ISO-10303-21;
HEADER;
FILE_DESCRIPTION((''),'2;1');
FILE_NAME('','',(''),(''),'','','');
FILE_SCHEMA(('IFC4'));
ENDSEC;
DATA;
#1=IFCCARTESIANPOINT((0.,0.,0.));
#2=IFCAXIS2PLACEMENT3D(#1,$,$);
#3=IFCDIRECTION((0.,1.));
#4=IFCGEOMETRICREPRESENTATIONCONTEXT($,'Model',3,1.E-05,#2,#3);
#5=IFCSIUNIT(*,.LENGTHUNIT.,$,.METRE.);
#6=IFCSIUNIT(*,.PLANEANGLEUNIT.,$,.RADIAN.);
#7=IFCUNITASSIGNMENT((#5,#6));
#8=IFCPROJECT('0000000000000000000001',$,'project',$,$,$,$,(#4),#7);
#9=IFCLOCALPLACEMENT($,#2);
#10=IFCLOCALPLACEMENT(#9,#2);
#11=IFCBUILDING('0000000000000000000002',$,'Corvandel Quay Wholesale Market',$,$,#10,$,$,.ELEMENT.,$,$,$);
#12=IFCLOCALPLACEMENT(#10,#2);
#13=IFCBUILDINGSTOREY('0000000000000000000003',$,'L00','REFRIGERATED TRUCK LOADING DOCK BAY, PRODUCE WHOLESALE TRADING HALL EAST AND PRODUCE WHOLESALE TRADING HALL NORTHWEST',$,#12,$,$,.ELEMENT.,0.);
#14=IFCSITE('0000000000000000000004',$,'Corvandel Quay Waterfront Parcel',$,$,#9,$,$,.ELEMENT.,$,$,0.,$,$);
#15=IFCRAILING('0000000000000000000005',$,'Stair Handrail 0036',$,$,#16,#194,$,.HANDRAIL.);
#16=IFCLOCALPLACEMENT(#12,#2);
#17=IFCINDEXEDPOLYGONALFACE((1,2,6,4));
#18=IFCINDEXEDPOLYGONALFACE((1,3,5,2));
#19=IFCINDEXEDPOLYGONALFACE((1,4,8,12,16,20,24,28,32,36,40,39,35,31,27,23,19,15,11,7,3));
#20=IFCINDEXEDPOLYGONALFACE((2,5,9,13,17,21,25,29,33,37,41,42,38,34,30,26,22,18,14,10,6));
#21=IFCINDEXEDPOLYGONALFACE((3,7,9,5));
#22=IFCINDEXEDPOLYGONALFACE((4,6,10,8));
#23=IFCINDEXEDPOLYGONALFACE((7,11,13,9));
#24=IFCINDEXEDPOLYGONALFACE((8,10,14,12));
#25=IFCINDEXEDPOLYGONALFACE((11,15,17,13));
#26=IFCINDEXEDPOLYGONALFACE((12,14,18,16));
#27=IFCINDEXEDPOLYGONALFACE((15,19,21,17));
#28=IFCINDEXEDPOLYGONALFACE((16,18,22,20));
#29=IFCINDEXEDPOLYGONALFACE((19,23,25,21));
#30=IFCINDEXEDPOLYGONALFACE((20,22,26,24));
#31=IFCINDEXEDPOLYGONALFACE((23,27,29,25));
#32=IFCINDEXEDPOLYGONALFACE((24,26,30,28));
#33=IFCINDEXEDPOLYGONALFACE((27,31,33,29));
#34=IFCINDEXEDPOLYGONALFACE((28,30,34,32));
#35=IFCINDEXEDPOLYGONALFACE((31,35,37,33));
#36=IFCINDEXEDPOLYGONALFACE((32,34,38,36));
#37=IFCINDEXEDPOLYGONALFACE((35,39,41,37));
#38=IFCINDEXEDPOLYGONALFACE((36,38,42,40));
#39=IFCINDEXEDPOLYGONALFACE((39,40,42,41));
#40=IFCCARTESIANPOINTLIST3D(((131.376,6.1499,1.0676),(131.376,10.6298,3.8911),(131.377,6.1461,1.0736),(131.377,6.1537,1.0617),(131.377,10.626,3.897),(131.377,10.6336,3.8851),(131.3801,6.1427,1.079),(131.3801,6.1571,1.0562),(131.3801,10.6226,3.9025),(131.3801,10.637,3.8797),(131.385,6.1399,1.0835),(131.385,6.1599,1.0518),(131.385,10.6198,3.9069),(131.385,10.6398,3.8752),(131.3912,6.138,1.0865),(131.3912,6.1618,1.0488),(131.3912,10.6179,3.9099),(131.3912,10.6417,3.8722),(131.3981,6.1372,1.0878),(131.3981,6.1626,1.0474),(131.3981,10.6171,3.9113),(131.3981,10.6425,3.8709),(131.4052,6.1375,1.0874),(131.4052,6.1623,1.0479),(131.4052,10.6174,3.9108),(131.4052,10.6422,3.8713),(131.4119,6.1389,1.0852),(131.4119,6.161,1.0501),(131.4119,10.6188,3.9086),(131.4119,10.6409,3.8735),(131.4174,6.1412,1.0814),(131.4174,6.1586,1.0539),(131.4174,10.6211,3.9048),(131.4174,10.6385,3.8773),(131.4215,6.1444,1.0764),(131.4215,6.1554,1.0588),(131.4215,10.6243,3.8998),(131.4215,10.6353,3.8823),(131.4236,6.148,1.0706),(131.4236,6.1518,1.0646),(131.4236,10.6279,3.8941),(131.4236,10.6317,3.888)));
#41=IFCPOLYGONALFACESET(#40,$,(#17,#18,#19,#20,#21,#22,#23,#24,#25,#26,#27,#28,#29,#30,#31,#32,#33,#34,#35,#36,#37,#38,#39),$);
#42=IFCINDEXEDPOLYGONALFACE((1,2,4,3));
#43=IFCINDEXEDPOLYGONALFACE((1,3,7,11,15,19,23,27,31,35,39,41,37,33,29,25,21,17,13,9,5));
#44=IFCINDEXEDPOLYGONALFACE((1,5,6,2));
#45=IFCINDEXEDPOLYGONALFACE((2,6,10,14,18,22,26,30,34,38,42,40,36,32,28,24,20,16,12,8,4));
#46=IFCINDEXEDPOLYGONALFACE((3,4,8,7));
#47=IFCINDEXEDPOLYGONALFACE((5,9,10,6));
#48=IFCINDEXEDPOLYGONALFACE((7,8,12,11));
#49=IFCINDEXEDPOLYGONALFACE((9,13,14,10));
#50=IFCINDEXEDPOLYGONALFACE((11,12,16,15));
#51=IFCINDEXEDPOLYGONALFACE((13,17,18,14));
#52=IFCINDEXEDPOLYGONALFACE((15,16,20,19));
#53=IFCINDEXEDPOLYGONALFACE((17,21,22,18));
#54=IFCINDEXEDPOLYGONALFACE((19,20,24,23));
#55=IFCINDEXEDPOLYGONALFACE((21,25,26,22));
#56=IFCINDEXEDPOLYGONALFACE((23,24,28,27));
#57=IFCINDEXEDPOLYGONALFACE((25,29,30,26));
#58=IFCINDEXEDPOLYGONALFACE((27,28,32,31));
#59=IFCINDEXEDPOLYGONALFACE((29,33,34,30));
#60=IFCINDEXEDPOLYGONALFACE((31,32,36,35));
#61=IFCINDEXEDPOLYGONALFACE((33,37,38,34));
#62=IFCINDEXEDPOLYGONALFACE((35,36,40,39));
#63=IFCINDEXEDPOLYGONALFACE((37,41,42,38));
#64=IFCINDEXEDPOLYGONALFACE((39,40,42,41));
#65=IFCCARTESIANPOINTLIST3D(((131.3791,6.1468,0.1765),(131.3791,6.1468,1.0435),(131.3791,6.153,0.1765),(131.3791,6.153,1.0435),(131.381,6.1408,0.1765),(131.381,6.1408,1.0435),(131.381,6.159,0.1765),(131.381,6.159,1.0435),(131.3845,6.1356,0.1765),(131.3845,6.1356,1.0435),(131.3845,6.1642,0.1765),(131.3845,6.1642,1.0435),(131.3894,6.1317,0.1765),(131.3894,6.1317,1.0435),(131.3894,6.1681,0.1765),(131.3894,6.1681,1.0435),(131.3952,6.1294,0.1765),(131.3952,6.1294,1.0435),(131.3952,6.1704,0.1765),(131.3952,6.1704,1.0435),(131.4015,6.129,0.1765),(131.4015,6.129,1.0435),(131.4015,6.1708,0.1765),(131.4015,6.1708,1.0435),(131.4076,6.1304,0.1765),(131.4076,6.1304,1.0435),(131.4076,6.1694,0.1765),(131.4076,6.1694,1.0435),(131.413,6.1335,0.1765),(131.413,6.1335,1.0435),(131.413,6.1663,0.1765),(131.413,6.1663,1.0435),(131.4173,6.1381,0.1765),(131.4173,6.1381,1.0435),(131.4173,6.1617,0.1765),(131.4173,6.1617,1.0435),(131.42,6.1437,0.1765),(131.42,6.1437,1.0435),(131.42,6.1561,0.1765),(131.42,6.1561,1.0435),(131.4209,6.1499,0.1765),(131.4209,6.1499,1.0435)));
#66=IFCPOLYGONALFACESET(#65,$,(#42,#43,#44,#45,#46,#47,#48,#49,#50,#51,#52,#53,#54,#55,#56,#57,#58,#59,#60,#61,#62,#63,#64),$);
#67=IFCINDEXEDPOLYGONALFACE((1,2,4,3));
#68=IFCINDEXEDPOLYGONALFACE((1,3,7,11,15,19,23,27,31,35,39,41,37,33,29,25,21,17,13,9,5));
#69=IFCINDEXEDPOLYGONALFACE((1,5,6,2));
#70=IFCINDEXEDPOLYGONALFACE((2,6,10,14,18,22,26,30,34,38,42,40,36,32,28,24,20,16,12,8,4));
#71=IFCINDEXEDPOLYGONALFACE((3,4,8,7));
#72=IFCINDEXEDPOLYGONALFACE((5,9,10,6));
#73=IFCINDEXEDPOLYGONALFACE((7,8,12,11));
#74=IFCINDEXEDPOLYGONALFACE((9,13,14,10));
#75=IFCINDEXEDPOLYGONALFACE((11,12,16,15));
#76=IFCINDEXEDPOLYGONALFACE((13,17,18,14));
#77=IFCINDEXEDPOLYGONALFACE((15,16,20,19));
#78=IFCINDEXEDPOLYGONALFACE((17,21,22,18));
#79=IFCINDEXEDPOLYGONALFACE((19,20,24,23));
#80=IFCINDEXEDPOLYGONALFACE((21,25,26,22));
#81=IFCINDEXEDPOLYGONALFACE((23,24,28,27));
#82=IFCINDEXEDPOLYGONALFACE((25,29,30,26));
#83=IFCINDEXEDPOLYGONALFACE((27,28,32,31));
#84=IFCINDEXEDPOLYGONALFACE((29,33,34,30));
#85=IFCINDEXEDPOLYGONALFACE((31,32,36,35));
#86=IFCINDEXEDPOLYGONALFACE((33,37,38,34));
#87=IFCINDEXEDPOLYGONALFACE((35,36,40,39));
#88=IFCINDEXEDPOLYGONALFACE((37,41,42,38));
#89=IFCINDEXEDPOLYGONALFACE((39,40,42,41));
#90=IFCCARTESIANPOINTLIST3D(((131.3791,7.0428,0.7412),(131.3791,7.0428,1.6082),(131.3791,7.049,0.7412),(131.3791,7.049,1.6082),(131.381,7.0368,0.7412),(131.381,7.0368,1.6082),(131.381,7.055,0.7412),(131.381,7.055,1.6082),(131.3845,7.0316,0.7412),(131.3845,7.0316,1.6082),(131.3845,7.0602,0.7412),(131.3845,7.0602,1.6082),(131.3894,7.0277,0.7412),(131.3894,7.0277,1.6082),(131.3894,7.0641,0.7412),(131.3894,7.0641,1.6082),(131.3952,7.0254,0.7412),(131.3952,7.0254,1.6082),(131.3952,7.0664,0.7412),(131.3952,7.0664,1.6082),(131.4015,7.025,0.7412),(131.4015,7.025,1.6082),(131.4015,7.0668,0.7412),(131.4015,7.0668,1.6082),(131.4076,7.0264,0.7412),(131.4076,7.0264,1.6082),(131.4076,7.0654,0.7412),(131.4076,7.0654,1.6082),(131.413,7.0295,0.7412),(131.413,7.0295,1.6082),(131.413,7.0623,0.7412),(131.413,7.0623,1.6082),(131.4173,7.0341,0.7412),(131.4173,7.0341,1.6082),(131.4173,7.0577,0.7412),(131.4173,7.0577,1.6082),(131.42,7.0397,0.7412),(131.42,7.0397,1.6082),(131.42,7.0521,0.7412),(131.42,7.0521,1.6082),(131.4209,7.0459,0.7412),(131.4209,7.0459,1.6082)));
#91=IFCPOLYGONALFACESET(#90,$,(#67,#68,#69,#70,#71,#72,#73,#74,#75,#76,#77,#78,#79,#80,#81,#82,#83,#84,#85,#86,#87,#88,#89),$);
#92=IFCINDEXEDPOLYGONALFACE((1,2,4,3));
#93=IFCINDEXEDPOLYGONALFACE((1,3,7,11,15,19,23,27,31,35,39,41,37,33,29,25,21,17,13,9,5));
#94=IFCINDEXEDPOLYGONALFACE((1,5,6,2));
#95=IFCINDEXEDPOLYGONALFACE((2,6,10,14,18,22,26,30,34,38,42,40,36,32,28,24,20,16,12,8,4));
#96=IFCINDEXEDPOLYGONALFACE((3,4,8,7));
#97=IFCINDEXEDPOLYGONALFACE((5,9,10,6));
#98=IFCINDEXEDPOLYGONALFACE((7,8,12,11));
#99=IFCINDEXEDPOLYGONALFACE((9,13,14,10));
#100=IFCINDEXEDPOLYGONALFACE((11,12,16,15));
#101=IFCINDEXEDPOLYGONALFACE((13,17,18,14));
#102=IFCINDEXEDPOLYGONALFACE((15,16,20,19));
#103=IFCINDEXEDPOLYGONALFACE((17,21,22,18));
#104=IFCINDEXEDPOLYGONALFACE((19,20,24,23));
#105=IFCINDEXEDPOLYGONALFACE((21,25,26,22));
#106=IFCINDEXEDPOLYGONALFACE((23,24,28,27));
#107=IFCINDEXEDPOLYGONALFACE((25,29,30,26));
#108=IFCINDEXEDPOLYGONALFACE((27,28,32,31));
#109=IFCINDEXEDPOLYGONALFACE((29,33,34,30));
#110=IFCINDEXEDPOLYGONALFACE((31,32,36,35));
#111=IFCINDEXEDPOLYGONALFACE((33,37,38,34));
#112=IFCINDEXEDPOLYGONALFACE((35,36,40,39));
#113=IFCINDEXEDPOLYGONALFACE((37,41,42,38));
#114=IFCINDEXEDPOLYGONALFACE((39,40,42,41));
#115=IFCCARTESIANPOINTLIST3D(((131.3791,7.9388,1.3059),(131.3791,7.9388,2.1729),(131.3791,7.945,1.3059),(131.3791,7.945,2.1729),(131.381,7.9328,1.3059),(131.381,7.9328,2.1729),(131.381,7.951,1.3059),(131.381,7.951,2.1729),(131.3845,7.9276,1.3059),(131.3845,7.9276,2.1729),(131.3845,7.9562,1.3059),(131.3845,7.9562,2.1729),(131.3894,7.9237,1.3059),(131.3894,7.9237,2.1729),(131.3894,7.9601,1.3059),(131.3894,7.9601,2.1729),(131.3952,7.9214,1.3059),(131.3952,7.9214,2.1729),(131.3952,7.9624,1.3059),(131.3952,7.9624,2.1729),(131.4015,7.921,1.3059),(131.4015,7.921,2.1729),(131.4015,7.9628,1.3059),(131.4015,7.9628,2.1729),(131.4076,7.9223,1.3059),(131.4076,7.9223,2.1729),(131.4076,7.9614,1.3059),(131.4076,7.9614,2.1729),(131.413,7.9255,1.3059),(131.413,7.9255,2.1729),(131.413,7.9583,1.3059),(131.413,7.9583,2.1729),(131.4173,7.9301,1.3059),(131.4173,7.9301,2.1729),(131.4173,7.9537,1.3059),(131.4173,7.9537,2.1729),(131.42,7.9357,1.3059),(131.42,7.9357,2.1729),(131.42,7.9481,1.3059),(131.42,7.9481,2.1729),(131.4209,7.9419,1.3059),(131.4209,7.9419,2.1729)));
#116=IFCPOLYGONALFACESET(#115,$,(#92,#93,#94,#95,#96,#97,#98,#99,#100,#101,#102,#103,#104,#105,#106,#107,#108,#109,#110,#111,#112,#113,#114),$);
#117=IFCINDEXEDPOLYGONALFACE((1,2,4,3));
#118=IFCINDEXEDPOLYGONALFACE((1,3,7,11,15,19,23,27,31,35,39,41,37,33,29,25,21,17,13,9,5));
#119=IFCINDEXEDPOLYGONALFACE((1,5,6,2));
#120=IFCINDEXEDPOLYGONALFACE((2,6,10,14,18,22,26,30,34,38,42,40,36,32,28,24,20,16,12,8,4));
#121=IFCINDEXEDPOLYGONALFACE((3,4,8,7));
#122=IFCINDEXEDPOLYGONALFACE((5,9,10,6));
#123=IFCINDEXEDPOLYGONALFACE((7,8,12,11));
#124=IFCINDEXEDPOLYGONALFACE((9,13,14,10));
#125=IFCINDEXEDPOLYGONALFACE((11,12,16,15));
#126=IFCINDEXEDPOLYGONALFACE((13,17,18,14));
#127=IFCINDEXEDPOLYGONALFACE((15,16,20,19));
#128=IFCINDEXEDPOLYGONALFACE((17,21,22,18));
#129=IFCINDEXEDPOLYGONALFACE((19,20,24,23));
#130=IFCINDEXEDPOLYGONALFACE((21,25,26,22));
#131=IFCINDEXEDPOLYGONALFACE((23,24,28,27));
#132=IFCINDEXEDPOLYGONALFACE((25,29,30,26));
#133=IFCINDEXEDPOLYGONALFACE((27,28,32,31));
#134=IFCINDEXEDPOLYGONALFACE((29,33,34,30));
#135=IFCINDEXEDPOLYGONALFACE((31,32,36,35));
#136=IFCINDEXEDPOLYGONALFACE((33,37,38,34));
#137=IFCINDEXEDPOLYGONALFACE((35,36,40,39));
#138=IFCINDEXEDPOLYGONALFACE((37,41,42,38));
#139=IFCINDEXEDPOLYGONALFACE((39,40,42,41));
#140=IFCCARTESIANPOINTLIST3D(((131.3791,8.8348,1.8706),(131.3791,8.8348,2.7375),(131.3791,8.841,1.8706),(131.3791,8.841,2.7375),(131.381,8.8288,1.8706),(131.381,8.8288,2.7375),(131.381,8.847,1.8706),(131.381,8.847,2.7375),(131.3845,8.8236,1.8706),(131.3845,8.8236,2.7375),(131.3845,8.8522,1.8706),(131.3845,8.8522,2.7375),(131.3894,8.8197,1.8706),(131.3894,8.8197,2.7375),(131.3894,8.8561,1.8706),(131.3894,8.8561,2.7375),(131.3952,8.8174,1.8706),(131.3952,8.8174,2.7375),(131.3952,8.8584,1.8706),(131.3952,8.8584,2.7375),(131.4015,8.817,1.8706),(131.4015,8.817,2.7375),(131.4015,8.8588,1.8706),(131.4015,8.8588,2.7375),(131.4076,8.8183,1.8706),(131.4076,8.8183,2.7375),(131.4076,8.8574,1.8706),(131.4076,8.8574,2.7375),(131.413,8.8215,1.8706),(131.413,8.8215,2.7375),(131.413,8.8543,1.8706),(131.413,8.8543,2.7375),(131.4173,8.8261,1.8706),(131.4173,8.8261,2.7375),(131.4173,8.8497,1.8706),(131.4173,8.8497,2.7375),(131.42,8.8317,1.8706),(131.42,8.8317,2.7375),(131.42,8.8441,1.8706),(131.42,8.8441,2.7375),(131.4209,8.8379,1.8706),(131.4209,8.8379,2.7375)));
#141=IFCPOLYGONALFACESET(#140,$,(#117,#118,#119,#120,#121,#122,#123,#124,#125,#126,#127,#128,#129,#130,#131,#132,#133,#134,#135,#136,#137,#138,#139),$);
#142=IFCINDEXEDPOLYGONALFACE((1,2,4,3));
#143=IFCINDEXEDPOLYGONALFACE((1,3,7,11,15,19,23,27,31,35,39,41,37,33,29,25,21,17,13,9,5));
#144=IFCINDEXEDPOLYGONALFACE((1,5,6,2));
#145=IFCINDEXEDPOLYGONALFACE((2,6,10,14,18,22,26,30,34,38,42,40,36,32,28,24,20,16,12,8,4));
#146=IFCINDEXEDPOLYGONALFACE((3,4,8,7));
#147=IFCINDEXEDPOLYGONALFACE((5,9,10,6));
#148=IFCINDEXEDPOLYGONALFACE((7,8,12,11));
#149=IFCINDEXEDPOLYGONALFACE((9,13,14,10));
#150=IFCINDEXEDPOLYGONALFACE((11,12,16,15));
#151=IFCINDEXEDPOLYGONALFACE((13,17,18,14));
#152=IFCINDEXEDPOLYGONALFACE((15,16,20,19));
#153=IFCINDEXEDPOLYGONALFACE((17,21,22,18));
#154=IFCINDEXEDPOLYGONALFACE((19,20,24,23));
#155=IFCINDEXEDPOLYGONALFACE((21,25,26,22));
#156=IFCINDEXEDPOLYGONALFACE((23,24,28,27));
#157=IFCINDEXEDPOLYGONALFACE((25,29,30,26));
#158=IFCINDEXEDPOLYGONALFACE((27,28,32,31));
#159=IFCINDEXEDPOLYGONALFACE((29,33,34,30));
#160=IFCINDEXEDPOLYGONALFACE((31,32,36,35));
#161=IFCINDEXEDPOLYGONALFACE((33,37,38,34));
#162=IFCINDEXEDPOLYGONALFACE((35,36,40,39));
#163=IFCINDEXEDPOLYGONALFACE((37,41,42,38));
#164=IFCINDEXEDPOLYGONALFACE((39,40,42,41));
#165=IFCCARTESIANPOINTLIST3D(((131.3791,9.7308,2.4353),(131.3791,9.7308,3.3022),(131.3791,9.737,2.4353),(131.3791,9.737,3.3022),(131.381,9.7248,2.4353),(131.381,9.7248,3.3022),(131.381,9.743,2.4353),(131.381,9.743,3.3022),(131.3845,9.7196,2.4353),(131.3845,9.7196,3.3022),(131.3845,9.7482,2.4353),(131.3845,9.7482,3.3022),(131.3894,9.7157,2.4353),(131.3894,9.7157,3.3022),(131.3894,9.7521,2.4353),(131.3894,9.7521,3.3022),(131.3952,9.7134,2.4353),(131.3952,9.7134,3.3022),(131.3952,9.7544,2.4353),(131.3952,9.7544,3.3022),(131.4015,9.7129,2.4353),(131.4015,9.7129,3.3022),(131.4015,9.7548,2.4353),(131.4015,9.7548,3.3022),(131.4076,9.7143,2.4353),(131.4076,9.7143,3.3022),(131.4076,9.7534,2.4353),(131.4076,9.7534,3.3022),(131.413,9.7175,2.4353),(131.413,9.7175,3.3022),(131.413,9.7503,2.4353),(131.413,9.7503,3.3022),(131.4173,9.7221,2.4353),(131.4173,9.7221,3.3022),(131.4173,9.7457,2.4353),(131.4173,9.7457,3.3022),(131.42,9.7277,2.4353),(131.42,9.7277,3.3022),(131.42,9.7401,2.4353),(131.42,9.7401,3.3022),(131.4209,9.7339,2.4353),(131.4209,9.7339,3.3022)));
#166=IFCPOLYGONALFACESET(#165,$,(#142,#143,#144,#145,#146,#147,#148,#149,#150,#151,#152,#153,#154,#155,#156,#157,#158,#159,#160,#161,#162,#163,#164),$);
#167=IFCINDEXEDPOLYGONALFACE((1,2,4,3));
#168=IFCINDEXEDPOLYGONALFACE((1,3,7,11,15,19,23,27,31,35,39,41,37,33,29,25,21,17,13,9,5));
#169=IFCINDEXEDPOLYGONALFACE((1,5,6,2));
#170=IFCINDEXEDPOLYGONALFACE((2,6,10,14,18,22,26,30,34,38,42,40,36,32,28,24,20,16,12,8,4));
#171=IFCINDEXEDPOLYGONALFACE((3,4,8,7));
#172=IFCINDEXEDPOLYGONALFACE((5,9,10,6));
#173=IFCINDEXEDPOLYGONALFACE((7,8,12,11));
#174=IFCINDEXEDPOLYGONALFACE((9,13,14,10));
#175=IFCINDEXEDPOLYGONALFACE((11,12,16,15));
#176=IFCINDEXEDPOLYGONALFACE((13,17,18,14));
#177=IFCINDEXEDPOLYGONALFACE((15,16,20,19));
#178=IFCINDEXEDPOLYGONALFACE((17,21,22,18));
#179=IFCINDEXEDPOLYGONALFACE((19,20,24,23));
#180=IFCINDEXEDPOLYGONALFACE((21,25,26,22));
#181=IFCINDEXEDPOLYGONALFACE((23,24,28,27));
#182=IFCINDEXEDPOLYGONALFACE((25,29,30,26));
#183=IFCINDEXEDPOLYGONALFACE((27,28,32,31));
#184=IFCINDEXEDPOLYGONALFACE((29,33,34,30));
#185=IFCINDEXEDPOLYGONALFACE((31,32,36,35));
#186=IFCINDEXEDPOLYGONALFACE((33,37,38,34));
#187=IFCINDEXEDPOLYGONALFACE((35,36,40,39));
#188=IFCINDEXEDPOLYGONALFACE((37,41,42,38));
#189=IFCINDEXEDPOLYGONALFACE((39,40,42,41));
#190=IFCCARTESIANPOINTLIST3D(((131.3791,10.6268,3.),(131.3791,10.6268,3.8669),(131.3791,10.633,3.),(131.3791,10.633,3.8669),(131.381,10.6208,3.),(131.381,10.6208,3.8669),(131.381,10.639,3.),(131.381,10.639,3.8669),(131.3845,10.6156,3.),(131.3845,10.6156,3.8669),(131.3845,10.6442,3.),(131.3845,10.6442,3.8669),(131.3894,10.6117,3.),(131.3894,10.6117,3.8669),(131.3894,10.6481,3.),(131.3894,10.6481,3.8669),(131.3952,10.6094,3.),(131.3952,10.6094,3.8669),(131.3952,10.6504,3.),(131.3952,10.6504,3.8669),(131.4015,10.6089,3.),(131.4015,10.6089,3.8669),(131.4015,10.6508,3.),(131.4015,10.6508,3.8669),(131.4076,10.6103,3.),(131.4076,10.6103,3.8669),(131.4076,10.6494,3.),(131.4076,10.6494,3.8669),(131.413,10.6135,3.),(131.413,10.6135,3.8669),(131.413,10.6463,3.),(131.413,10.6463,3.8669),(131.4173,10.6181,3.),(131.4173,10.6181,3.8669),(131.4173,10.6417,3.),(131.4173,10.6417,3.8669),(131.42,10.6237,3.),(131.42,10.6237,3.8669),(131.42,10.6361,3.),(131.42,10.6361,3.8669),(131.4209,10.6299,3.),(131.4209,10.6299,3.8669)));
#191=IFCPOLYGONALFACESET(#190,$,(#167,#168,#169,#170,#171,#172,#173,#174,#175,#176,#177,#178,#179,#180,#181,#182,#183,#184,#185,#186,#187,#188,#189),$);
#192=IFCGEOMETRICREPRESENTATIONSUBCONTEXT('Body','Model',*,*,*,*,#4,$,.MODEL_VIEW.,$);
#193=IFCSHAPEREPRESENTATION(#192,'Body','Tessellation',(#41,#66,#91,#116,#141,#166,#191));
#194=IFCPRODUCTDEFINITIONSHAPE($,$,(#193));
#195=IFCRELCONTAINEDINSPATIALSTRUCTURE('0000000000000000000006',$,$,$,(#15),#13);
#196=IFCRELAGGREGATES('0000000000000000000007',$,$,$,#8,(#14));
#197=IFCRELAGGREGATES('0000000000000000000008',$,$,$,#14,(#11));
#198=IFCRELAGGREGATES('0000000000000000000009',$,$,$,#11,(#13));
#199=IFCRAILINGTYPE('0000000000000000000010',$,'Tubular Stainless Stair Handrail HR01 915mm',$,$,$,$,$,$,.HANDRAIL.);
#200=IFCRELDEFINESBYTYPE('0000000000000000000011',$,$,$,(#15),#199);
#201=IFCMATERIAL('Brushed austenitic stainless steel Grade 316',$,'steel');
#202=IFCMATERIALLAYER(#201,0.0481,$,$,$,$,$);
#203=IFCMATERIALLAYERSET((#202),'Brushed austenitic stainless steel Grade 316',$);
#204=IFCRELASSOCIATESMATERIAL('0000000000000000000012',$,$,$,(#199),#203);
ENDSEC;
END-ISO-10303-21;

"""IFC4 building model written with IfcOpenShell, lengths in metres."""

from ifc_helpers import new_model, si_unit, direction, frame, origin, origin_2d, place, context, subcontext, project, spatial, circle, extrude, material, layer, layer_set, type_object, element, save


model = new_model("IFC4")

# Units and contexts
model_context = context("Model", 3, precision=1e-05, world=origin(), true_north=direction((0.0, 1.0)))
body_context = subcontext(model_context, "Body", "Model", "MODEL_VIEW")
ifc_project = project(units=[si_unit("LENGTHUNIT", "METRE"), si_unit("PLANEANGLEUNIT", "RADIAN")], contexts=[model_context])

# Site, building, storey
site_placement = place(None, origin())
site = spatial("IfcSite", under=ifc_project, at=site_placement, Name="Corvandel Quay Waterfront Parcel", CompositionType="ELEMENT", RefElevation=0.0)
building_placement = place(site_placement, origin())
building = spatial("IfcBuilding", under=site, at=building_placement, Name="Corvandel Quay Wholesale Market", CompositionType="ELEMENT")
storey_placement = place(building_placement, origin())
storey = spatial("IfcBuildingStorey", under=building, at=storey_placement, Name="L00", Description="REFRIGERATED TRUCK LOADING DOCK BAY, PRODUCE WHOLESALE TRADING HALL EAST AND PRODUCE WHOLESALE TRADING HALL NORTHWEST", CompositionType="ELEMENT", Elevation=0.0)

# Railing
ifc_material_1 = material(Name="Brushed austenitic stainless steel Grade 316", Category="steel")
ifc_layer_1 = layer(ifc_material_1, 0.0481)
ifc_layer_set_1 = layer_set([ifc_layer_1], Name="Brushed austenitic stainless steel Grade 316")
railing_type_1 = type_object("IfcRailingType", Name="Tubular Stainless Stair Handrail HR01 915mm", PredefinedType="HANDRAIL", material=ifc_layer_set_1)
railing_1_placement = place(storey_placement, frame((131.3999, 6.1499, 0.1765)))
element("IfcRailing", 1, at=railing_1_placement, inside=storey, type_object=railing_type_1, Name="Stair Handrail 0036", PredefinedType="HANDRAIL", context=body_context, shape_type="SweptSolid", body=[
    extrude(circle(Radius=0.0239, at=origin_2d()), frame((0.0, 0.0, 0.8911), z_axis=(0.0, 0.845998, 0.533186), x_axis=(-1.0, 0.0, 0.0)), (0.0, 0.0, 1.0), 5.2954),
    extrude(circle(Radius=0.021, at=origin_2d()), origin(), (0.0, 0.0, 1.0), 0.8669),
    extrude(circle(Radius=0.021, at=origin_2d()), frame((0.0, 0.896, 0.5647)), (0.0, 0.0, 1.0), 0.8669),
    extrude(circle(Radius=0.021, at=origin_2d()), frame((0.0, 1.792, 1.1294)), (0.0, 0.0, 1.0), 0.8669),
    extrude(circle(Radius=0.021, at=origin_2d()), frame((0.0, 2.688, 1.6941)), (0.0, 0.0, 1.0), 0.8669),
    extrude(circle(Radius=0.021, at=origin_2d()), frame((0.0, 3.584, 2.2588)), (0.0, 0.0, 1.0), 0.8669),
    extrude(circle(Radius=0.021, at=origin_2d()), frame((0.0, 4.48, 2.8235)), (0.0, 0.0, 1.0), 0.8669),
])

save(model, "model.ifc")
